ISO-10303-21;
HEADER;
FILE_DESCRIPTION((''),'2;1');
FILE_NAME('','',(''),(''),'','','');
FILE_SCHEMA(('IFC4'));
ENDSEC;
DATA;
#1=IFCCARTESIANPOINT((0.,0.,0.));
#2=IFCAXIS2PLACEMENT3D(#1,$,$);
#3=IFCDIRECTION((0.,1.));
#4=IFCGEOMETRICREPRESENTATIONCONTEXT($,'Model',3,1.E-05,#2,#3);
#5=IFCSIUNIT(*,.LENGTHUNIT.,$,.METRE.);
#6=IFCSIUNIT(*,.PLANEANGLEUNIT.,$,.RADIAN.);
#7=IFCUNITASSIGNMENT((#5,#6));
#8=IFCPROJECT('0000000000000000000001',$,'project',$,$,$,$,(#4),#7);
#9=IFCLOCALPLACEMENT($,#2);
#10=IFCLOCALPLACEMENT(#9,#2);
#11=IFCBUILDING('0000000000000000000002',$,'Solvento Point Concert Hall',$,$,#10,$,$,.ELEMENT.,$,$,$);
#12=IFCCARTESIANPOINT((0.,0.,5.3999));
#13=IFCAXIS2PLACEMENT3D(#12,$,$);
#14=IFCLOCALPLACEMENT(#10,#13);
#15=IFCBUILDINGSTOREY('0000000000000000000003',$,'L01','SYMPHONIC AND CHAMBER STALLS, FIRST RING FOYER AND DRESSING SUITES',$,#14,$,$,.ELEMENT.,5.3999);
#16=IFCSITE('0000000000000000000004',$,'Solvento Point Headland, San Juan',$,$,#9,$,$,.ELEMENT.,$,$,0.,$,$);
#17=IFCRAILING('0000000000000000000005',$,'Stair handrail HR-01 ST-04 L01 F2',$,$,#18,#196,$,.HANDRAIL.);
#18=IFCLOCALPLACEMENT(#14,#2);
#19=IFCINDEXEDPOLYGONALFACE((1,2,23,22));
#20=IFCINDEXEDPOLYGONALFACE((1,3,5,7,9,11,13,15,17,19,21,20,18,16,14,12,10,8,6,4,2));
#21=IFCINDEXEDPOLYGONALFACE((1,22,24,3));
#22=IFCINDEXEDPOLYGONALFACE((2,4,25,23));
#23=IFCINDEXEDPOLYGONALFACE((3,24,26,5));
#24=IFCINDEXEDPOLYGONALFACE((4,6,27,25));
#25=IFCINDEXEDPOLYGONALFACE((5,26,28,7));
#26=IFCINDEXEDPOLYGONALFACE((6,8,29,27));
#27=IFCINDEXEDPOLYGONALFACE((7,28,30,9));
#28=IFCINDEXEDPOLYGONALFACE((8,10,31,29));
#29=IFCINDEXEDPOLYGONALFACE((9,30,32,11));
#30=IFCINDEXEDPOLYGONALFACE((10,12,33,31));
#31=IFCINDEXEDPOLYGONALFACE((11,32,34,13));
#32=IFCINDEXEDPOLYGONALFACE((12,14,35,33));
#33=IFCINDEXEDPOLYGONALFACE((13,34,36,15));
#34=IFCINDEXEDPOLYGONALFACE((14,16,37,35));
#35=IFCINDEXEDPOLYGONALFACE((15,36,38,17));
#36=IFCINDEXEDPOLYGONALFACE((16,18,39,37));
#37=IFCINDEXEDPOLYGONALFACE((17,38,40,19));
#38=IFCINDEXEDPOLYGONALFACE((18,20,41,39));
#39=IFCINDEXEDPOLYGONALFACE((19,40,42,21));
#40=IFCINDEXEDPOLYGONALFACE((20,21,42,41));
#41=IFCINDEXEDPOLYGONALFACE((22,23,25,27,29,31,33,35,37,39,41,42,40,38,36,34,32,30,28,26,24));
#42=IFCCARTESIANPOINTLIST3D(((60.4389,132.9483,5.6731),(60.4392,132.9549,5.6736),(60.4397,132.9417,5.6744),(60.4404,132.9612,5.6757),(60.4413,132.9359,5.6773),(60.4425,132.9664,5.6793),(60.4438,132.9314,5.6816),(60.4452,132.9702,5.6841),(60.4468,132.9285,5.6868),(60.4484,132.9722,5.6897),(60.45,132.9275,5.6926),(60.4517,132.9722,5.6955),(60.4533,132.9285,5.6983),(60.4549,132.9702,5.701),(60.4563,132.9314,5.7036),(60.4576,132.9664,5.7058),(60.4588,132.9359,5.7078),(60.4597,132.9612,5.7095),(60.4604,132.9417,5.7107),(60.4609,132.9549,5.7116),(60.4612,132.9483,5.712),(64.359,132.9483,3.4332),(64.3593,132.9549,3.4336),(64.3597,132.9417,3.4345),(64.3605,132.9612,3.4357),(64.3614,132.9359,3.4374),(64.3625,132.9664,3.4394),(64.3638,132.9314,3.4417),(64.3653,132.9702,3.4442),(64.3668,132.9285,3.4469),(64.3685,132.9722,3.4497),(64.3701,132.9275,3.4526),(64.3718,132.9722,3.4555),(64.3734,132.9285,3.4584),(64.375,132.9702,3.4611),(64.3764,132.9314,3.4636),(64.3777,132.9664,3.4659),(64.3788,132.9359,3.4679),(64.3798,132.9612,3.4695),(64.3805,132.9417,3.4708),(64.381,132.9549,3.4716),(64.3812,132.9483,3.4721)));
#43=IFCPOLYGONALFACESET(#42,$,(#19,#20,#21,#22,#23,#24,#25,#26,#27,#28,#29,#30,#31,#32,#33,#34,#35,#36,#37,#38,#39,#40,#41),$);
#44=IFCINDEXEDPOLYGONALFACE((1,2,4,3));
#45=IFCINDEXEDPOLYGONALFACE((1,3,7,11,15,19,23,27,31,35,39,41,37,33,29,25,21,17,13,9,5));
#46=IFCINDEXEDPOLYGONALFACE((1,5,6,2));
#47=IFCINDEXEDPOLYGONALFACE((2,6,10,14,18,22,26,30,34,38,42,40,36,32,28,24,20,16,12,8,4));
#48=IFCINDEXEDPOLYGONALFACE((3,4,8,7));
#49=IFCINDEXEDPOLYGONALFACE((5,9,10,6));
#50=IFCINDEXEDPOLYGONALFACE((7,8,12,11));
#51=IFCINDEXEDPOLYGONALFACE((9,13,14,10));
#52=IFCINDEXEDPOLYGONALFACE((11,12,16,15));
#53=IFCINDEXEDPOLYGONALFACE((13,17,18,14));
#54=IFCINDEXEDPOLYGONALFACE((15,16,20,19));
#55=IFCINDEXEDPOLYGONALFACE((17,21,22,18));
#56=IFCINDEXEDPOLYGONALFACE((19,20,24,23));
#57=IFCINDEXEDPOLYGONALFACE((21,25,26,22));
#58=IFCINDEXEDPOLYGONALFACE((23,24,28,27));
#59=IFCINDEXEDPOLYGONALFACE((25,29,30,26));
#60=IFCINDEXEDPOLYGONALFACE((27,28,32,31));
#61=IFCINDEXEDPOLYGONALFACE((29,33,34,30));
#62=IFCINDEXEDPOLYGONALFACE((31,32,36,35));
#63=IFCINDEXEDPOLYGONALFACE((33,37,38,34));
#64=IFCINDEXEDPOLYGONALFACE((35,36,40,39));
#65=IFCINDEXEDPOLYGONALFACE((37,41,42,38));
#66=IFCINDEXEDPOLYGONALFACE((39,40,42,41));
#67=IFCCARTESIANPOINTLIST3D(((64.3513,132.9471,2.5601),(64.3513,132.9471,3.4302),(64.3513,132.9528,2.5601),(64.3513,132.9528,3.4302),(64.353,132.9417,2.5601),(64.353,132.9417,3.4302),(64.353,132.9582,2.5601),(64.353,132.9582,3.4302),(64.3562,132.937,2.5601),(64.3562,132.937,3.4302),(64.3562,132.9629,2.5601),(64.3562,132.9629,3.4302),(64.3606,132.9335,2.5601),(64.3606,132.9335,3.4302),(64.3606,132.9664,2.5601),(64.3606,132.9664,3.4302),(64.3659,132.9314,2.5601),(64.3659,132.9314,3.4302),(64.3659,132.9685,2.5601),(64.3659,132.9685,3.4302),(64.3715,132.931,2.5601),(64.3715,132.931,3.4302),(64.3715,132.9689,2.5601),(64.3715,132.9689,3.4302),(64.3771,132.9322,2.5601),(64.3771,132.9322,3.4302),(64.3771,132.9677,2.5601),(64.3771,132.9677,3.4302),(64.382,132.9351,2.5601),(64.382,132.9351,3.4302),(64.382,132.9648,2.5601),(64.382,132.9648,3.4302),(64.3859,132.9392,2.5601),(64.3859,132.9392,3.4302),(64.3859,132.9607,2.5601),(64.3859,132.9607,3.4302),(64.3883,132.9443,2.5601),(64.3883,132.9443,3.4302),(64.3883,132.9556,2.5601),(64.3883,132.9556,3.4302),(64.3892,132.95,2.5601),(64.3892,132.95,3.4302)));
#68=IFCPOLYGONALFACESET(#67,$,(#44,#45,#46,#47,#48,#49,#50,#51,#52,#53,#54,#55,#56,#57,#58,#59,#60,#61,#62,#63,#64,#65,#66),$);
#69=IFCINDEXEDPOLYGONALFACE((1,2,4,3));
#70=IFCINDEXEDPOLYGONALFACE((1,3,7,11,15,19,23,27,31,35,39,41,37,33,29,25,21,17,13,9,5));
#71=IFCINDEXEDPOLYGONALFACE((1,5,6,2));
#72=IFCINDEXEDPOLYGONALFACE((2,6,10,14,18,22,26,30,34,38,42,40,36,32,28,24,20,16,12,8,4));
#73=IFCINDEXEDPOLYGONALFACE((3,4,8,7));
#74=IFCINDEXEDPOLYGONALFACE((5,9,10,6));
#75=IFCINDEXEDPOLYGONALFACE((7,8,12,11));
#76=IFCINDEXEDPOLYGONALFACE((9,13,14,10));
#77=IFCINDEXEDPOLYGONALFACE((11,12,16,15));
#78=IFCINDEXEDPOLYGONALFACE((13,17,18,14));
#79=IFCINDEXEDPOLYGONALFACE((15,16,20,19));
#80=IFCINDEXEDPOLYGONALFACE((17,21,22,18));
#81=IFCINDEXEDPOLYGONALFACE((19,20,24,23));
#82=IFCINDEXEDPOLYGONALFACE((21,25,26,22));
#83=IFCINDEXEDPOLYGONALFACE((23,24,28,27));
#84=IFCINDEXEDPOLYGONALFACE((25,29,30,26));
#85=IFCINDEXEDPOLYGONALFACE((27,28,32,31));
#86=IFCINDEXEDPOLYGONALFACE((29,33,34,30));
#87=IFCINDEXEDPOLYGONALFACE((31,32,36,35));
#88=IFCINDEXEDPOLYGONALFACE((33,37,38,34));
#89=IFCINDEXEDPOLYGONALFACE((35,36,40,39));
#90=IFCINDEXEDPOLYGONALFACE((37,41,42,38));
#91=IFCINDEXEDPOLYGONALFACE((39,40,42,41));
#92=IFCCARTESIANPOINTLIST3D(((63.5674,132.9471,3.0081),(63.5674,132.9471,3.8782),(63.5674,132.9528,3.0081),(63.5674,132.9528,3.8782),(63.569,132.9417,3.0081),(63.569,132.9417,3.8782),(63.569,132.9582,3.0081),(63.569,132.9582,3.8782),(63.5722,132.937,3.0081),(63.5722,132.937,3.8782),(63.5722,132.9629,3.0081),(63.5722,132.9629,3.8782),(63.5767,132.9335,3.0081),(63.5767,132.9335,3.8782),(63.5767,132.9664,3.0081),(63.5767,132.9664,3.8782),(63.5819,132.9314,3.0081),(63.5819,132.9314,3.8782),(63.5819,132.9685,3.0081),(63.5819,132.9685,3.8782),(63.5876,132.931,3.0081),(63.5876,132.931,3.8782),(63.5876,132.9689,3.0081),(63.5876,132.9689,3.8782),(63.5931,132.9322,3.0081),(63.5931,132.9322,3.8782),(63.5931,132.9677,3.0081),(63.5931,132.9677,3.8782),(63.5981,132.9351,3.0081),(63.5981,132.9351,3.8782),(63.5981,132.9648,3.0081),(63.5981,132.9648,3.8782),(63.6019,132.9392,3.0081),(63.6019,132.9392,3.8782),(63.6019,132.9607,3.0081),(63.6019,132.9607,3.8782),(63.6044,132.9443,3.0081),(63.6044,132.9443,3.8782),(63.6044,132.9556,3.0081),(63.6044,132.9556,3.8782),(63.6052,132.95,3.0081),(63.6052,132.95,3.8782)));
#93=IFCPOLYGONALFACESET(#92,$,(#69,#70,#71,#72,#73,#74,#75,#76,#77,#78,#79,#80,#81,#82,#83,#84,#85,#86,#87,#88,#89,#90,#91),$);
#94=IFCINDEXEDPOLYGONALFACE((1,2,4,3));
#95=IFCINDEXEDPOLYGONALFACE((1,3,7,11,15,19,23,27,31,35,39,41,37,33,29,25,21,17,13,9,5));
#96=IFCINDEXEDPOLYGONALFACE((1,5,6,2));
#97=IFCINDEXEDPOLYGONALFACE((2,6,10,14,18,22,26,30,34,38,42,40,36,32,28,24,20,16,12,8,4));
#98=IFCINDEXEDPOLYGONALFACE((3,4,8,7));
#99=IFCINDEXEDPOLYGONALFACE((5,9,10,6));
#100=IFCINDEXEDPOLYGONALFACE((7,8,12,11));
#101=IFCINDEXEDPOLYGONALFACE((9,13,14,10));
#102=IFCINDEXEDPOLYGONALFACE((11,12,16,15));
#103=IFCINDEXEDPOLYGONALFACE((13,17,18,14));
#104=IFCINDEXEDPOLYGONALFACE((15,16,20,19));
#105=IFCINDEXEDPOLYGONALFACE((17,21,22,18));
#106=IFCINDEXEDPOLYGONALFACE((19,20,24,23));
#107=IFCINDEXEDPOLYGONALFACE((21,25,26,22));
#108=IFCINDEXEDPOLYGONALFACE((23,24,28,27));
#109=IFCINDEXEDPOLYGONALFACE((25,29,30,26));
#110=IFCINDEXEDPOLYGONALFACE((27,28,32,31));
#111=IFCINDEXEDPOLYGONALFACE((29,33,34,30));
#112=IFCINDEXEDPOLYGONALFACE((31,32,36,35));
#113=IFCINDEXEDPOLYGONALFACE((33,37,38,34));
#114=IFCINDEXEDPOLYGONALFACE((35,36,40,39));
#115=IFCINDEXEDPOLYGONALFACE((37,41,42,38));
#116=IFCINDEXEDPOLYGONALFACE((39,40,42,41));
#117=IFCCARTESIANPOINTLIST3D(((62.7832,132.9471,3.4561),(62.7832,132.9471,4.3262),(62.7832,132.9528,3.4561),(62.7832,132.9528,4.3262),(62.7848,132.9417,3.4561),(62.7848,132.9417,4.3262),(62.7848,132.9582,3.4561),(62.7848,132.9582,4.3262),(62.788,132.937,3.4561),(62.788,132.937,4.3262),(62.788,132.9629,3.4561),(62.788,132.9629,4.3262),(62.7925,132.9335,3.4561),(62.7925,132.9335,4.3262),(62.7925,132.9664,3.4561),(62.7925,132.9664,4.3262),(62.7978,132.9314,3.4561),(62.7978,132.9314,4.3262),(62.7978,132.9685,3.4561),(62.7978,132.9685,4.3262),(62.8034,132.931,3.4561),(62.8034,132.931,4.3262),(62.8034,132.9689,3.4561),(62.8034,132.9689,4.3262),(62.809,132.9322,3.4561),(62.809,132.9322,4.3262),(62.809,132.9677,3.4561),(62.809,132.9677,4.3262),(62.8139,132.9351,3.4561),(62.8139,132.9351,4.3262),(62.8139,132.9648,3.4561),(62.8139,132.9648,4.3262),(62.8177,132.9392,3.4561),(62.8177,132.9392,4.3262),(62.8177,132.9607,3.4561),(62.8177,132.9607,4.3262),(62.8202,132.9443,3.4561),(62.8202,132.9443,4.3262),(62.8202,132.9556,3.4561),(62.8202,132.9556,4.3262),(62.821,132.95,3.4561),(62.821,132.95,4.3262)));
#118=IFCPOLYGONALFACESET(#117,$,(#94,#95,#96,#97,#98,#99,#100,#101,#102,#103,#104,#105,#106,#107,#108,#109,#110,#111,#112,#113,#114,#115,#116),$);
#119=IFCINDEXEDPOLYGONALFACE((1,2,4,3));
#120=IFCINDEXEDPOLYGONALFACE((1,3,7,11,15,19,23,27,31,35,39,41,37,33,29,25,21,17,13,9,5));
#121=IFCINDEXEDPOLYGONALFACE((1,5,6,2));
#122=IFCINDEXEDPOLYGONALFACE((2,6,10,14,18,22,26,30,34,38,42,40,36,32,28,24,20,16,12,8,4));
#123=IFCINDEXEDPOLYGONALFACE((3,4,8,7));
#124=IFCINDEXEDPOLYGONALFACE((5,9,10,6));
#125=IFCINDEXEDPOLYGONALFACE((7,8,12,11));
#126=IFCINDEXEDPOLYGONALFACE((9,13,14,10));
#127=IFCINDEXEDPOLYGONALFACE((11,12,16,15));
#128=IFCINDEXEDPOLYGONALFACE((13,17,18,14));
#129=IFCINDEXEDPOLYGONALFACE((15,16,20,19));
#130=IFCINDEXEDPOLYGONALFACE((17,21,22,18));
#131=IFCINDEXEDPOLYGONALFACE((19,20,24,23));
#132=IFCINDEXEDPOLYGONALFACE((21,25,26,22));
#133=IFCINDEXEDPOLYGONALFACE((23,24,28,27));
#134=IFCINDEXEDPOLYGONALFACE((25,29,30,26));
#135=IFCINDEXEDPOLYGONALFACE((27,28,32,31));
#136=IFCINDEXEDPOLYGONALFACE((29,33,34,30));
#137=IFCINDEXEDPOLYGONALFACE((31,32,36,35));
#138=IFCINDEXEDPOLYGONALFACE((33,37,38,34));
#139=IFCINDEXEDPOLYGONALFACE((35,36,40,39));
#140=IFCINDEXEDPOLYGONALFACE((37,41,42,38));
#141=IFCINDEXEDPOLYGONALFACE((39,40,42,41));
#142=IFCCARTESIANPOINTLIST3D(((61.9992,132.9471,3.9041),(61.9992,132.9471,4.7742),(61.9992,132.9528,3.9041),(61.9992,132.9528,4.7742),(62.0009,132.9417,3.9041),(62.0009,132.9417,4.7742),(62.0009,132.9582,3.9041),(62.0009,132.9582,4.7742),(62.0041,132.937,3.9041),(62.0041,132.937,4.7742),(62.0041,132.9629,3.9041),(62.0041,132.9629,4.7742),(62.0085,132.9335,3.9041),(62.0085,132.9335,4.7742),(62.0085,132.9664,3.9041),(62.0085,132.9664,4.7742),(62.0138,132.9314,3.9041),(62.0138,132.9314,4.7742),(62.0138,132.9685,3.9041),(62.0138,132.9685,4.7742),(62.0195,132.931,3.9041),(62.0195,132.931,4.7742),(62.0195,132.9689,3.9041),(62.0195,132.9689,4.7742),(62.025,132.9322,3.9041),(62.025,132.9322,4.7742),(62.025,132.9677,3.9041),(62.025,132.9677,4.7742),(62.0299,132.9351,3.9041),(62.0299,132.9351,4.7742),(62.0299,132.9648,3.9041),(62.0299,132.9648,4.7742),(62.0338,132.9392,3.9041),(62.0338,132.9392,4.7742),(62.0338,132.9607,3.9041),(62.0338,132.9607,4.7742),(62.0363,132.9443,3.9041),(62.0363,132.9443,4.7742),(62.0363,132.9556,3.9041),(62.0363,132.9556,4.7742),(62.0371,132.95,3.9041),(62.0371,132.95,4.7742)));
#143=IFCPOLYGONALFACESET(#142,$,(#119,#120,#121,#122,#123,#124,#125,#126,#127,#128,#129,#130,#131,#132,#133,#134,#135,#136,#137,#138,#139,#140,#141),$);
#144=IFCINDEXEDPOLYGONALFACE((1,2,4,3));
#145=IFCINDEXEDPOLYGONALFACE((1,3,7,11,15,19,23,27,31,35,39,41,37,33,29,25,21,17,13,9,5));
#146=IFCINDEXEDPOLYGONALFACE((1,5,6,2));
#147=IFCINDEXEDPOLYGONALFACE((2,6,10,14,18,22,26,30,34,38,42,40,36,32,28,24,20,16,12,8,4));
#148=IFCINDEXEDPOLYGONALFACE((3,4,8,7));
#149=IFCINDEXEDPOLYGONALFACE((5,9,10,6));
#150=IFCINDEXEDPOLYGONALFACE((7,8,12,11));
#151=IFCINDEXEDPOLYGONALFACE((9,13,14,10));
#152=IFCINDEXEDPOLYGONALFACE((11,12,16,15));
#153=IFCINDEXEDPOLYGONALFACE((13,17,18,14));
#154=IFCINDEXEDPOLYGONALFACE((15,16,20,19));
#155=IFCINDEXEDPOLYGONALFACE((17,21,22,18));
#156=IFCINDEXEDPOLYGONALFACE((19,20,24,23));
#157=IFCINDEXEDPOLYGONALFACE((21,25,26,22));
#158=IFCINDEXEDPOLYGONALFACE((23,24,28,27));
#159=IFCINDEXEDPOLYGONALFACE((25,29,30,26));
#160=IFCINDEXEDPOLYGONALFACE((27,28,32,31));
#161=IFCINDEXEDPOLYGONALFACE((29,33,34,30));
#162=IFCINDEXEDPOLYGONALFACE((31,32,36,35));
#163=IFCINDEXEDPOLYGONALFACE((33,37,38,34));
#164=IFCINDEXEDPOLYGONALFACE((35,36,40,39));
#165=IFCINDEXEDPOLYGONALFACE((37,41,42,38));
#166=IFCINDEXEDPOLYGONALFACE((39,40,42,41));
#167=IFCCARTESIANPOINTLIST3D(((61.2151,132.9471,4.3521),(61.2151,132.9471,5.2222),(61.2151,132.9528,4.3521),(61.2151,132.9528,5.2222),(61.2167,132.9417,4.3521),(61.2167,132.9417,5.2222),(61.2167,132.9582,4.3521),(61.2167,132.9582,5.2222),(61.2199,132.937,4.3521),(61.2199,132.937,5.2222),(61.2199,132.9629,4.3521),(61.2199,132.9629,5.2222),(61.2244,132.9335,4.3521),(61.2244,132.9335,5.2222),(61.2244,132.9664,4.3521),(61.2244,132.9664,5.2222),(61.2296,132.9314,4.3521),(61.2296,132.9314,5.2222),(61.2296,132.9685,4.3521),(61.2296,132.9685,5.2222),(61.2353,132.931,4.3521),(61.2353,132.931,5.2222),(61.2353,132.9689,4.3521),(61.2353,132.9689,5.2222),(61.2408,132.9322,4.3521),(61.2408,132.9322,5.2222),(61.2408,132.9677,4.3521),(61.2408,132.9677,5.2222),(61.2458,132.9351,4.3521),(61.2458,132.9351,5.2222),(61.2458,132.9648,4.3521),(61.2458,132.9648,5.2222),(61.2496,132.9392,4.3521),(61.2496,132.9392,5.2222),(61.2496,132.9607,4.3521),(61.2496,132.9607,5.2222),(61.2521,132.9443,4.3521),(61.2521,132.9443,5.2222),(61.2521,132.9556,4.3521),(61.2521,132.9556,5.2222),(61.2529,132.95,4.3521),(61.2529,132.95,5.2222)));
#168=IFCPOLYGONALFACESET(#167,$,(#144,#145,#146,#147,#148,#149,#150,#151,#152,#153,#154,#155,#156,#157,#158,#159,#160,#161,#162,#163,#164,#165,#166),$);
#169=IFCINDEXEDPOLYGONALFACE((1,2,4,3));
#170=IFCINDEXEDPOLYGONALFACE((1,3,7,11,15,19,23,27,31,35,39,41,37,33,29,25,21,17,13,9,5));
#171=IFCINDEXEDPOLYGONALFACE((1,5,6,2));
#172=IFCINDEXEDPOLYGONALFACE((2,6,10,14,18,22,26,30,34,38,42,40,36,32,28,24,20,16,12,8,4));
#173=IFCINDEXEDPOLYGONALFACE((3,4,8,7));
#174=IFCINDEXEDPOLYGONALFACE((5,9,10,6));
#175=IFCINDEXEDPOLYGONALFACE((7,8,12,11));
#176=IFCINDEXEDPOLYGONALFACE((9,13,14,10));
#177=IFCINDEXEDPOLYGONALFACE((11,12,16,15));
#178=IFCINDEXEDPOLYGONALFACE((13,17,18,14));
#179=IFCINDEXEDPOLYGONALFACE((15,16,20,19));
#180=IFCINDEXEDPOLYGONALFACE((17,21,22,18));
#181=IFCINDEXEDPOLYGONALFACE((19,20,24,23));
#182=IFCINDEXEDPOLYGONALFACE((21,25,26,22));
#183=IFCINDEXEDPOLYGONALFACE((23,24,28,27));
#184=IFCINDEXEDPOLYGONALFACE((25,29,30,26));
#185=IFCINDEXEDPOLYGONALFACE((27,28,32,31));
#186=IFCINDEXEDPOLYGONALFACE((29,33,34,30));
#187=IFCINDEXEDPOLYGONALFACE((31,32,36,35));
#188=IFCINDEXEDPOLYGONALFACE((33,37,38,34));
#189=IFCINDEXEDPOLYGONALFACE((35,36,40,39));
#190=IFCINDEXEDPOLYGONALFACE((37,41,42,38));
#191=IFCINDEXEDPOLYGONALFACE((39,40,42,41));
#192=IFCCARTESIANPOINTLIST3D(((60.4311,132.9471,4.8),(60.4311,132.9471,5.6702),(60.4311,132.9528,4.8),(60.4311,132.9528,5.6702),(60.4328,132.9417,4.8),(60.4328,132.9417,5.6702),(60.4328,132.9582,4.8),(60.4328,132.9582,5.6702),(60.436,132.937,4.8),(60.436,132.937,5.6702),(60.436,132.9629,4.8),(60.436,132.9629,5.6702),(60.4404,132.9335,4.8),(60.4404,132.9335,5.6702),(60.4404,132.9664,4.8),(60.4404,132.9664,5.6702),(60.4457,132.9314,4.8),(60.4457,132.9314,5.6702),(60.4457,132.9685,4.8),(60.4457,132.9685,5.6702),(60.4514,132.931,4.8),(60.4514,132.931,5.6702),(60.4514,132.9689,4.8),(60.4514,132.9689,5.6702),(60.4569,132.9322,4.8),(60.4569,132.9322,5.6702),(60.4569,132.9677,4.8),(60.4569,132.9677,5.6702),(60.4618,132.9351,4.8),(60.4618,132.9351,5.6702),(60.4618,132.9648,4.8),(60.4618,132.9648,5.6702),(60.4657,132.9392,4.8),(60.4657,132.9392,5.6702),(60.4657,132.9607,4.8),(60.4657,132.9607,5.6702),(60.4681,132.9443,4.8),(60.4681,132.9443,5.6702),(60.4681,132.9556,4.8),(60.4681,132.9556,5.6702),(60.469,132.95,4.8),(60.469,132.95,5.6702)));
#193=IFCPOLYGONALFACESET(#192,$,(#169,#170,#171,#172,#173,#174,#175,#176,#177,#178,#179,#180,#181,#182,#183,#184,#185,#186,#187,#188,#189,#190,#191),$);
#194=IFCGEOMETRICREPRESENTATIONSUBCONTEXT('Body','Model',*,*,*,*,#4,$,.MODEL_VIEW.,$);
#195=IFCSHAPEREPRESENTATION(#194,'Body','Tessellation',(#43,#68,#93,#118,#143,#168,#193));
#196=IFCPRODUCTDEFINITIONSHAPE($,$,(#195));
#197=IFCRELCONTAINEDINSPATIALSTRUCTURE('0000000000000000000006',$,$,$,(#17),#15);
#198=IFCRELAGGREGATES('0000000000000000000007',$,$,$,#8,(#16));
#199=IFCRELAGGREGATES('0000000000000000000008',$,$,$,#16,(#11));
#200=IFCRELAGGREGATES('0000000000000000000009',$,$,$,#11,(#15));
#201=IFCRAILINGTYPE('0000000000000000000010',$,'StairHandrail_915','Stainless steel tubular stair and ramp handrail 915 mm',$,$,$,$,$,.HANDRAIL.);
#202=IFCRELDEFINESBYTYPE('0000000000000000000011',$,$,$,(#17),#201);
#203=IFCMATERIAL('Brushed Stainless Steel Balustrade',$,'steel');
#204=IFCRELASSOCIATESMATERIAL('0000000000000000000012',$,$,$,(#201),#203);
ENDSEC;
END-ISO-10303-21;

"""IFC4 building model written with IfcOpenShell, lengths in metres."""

from ifc_helpers import new_model, si_unit, direction, frame, origin, origin_2d, place, context, subcontext, project, spatial, circle, extrude, material, type_object, element, save


model = new_model("IFC4")

# Units and contexts
model_context = context("Model", 3, precision=1e-05, world=origin(), true_north=direction((0.0, 1.0)))
body_context = subcontext(model_context, "Body", "Model", "MODEL_VIEW")
ifc_project = project(units=[si_unit("LENGTHUNIT", "METRE"), si_unit("PLANEANGLEUNIT", "RADIAN")], contexts=[model_context])

# Site, building, storey
site_placement = place(None, origin())
site = spatial("IfcSite", under=ifc_project, at=site_placement, Name="Solvento Point Headland, San Juan", CompositionType="ELEMENT", RefElevation=0.0)
building_placement = place(site_placement, origin())
building = spatial("IfcBuilding", under=site, at=building_placement, Name="Solvento Point Concert Hall", CompositionType="ELEMENT")
storey_placement = place(building_placement, frame((0.0, 0.0, 5.3999)))
storey = spatial("IfcBuildingStorey", under=building, at=storey_placement, Name="L01", Description="SYMPHONIC AND CHAMBER STALLS, FIRST RING FOYER AND DRESSING SUITES", CompositionType="ELEMENT", Elevation=5.3999)

# Railing
ifc_material_1 = material(Name="Brushed Stainless Steel Balustrade", Category="steel")
railing_type_1 = type_object("IfcRailingType", Name="StairHandrail_915", Description="Stainless steel tubular stair and ramp handrail 915 mm", PredefinedType="HANDRAIL", material=ifc_material_1)
railing_1_placement = place(storey_placement, frame((64.3701, 132.95, 2.5601)))
element("IfcRailing", 1, at=railing_1_placement, inside=storey, type_object=railing_type_1, Name="Stair handrail HR-01 ST-04 L01 F2", PredefinedType="HANDRAIL", context=body_context, shape_type="SweptSolid", body=[
    extrude(circle(Radius=0.0225, at=origin_2d()), frame((0.0, 0.0, 0.8926), z_axis=(-0.868253, 0.0, 0.496121), x_axis=(0.0, -1.0, 0.0)), (0.0, 0.0, 1.0), 4.5149),
    extrude(circle(Radius=0.019, at=origin_2d()), origin(), (0.0, 0.0, 1.0), 0.8701),
    extrude(circle(Radius=0.019, at=origin_2d()), frame((-0.7839, 0.0, 0.448)), (0.0, 0.0, 1.0), 0.8701),
    extrude(circle(Radius=0.019, at=origin_2d()), frame((-1.5681, 0.0, 0.896)), (0.0, 0.0, 1.0), 0.8701),
    extrude(circle(Radius=0.019, at=origin_2d()), frame((-2.3521, 0.0, 1.344)), (0.0, 0.0, 1.0), 0.8701),
    extrude(circle(Radius=0.019, at=origin_2d()), frame((-3.1362, 0.0, 1.792)), (0.0, 0.0, 1.0), 0.8701),
    extrude(circle(Radius=0.019, at=origin_2d()), frame((-3.9202, 0.0, 2.24)), (0.0, 0.0, 1.0), 0.8701),
])

save(model, "model.ifc")
